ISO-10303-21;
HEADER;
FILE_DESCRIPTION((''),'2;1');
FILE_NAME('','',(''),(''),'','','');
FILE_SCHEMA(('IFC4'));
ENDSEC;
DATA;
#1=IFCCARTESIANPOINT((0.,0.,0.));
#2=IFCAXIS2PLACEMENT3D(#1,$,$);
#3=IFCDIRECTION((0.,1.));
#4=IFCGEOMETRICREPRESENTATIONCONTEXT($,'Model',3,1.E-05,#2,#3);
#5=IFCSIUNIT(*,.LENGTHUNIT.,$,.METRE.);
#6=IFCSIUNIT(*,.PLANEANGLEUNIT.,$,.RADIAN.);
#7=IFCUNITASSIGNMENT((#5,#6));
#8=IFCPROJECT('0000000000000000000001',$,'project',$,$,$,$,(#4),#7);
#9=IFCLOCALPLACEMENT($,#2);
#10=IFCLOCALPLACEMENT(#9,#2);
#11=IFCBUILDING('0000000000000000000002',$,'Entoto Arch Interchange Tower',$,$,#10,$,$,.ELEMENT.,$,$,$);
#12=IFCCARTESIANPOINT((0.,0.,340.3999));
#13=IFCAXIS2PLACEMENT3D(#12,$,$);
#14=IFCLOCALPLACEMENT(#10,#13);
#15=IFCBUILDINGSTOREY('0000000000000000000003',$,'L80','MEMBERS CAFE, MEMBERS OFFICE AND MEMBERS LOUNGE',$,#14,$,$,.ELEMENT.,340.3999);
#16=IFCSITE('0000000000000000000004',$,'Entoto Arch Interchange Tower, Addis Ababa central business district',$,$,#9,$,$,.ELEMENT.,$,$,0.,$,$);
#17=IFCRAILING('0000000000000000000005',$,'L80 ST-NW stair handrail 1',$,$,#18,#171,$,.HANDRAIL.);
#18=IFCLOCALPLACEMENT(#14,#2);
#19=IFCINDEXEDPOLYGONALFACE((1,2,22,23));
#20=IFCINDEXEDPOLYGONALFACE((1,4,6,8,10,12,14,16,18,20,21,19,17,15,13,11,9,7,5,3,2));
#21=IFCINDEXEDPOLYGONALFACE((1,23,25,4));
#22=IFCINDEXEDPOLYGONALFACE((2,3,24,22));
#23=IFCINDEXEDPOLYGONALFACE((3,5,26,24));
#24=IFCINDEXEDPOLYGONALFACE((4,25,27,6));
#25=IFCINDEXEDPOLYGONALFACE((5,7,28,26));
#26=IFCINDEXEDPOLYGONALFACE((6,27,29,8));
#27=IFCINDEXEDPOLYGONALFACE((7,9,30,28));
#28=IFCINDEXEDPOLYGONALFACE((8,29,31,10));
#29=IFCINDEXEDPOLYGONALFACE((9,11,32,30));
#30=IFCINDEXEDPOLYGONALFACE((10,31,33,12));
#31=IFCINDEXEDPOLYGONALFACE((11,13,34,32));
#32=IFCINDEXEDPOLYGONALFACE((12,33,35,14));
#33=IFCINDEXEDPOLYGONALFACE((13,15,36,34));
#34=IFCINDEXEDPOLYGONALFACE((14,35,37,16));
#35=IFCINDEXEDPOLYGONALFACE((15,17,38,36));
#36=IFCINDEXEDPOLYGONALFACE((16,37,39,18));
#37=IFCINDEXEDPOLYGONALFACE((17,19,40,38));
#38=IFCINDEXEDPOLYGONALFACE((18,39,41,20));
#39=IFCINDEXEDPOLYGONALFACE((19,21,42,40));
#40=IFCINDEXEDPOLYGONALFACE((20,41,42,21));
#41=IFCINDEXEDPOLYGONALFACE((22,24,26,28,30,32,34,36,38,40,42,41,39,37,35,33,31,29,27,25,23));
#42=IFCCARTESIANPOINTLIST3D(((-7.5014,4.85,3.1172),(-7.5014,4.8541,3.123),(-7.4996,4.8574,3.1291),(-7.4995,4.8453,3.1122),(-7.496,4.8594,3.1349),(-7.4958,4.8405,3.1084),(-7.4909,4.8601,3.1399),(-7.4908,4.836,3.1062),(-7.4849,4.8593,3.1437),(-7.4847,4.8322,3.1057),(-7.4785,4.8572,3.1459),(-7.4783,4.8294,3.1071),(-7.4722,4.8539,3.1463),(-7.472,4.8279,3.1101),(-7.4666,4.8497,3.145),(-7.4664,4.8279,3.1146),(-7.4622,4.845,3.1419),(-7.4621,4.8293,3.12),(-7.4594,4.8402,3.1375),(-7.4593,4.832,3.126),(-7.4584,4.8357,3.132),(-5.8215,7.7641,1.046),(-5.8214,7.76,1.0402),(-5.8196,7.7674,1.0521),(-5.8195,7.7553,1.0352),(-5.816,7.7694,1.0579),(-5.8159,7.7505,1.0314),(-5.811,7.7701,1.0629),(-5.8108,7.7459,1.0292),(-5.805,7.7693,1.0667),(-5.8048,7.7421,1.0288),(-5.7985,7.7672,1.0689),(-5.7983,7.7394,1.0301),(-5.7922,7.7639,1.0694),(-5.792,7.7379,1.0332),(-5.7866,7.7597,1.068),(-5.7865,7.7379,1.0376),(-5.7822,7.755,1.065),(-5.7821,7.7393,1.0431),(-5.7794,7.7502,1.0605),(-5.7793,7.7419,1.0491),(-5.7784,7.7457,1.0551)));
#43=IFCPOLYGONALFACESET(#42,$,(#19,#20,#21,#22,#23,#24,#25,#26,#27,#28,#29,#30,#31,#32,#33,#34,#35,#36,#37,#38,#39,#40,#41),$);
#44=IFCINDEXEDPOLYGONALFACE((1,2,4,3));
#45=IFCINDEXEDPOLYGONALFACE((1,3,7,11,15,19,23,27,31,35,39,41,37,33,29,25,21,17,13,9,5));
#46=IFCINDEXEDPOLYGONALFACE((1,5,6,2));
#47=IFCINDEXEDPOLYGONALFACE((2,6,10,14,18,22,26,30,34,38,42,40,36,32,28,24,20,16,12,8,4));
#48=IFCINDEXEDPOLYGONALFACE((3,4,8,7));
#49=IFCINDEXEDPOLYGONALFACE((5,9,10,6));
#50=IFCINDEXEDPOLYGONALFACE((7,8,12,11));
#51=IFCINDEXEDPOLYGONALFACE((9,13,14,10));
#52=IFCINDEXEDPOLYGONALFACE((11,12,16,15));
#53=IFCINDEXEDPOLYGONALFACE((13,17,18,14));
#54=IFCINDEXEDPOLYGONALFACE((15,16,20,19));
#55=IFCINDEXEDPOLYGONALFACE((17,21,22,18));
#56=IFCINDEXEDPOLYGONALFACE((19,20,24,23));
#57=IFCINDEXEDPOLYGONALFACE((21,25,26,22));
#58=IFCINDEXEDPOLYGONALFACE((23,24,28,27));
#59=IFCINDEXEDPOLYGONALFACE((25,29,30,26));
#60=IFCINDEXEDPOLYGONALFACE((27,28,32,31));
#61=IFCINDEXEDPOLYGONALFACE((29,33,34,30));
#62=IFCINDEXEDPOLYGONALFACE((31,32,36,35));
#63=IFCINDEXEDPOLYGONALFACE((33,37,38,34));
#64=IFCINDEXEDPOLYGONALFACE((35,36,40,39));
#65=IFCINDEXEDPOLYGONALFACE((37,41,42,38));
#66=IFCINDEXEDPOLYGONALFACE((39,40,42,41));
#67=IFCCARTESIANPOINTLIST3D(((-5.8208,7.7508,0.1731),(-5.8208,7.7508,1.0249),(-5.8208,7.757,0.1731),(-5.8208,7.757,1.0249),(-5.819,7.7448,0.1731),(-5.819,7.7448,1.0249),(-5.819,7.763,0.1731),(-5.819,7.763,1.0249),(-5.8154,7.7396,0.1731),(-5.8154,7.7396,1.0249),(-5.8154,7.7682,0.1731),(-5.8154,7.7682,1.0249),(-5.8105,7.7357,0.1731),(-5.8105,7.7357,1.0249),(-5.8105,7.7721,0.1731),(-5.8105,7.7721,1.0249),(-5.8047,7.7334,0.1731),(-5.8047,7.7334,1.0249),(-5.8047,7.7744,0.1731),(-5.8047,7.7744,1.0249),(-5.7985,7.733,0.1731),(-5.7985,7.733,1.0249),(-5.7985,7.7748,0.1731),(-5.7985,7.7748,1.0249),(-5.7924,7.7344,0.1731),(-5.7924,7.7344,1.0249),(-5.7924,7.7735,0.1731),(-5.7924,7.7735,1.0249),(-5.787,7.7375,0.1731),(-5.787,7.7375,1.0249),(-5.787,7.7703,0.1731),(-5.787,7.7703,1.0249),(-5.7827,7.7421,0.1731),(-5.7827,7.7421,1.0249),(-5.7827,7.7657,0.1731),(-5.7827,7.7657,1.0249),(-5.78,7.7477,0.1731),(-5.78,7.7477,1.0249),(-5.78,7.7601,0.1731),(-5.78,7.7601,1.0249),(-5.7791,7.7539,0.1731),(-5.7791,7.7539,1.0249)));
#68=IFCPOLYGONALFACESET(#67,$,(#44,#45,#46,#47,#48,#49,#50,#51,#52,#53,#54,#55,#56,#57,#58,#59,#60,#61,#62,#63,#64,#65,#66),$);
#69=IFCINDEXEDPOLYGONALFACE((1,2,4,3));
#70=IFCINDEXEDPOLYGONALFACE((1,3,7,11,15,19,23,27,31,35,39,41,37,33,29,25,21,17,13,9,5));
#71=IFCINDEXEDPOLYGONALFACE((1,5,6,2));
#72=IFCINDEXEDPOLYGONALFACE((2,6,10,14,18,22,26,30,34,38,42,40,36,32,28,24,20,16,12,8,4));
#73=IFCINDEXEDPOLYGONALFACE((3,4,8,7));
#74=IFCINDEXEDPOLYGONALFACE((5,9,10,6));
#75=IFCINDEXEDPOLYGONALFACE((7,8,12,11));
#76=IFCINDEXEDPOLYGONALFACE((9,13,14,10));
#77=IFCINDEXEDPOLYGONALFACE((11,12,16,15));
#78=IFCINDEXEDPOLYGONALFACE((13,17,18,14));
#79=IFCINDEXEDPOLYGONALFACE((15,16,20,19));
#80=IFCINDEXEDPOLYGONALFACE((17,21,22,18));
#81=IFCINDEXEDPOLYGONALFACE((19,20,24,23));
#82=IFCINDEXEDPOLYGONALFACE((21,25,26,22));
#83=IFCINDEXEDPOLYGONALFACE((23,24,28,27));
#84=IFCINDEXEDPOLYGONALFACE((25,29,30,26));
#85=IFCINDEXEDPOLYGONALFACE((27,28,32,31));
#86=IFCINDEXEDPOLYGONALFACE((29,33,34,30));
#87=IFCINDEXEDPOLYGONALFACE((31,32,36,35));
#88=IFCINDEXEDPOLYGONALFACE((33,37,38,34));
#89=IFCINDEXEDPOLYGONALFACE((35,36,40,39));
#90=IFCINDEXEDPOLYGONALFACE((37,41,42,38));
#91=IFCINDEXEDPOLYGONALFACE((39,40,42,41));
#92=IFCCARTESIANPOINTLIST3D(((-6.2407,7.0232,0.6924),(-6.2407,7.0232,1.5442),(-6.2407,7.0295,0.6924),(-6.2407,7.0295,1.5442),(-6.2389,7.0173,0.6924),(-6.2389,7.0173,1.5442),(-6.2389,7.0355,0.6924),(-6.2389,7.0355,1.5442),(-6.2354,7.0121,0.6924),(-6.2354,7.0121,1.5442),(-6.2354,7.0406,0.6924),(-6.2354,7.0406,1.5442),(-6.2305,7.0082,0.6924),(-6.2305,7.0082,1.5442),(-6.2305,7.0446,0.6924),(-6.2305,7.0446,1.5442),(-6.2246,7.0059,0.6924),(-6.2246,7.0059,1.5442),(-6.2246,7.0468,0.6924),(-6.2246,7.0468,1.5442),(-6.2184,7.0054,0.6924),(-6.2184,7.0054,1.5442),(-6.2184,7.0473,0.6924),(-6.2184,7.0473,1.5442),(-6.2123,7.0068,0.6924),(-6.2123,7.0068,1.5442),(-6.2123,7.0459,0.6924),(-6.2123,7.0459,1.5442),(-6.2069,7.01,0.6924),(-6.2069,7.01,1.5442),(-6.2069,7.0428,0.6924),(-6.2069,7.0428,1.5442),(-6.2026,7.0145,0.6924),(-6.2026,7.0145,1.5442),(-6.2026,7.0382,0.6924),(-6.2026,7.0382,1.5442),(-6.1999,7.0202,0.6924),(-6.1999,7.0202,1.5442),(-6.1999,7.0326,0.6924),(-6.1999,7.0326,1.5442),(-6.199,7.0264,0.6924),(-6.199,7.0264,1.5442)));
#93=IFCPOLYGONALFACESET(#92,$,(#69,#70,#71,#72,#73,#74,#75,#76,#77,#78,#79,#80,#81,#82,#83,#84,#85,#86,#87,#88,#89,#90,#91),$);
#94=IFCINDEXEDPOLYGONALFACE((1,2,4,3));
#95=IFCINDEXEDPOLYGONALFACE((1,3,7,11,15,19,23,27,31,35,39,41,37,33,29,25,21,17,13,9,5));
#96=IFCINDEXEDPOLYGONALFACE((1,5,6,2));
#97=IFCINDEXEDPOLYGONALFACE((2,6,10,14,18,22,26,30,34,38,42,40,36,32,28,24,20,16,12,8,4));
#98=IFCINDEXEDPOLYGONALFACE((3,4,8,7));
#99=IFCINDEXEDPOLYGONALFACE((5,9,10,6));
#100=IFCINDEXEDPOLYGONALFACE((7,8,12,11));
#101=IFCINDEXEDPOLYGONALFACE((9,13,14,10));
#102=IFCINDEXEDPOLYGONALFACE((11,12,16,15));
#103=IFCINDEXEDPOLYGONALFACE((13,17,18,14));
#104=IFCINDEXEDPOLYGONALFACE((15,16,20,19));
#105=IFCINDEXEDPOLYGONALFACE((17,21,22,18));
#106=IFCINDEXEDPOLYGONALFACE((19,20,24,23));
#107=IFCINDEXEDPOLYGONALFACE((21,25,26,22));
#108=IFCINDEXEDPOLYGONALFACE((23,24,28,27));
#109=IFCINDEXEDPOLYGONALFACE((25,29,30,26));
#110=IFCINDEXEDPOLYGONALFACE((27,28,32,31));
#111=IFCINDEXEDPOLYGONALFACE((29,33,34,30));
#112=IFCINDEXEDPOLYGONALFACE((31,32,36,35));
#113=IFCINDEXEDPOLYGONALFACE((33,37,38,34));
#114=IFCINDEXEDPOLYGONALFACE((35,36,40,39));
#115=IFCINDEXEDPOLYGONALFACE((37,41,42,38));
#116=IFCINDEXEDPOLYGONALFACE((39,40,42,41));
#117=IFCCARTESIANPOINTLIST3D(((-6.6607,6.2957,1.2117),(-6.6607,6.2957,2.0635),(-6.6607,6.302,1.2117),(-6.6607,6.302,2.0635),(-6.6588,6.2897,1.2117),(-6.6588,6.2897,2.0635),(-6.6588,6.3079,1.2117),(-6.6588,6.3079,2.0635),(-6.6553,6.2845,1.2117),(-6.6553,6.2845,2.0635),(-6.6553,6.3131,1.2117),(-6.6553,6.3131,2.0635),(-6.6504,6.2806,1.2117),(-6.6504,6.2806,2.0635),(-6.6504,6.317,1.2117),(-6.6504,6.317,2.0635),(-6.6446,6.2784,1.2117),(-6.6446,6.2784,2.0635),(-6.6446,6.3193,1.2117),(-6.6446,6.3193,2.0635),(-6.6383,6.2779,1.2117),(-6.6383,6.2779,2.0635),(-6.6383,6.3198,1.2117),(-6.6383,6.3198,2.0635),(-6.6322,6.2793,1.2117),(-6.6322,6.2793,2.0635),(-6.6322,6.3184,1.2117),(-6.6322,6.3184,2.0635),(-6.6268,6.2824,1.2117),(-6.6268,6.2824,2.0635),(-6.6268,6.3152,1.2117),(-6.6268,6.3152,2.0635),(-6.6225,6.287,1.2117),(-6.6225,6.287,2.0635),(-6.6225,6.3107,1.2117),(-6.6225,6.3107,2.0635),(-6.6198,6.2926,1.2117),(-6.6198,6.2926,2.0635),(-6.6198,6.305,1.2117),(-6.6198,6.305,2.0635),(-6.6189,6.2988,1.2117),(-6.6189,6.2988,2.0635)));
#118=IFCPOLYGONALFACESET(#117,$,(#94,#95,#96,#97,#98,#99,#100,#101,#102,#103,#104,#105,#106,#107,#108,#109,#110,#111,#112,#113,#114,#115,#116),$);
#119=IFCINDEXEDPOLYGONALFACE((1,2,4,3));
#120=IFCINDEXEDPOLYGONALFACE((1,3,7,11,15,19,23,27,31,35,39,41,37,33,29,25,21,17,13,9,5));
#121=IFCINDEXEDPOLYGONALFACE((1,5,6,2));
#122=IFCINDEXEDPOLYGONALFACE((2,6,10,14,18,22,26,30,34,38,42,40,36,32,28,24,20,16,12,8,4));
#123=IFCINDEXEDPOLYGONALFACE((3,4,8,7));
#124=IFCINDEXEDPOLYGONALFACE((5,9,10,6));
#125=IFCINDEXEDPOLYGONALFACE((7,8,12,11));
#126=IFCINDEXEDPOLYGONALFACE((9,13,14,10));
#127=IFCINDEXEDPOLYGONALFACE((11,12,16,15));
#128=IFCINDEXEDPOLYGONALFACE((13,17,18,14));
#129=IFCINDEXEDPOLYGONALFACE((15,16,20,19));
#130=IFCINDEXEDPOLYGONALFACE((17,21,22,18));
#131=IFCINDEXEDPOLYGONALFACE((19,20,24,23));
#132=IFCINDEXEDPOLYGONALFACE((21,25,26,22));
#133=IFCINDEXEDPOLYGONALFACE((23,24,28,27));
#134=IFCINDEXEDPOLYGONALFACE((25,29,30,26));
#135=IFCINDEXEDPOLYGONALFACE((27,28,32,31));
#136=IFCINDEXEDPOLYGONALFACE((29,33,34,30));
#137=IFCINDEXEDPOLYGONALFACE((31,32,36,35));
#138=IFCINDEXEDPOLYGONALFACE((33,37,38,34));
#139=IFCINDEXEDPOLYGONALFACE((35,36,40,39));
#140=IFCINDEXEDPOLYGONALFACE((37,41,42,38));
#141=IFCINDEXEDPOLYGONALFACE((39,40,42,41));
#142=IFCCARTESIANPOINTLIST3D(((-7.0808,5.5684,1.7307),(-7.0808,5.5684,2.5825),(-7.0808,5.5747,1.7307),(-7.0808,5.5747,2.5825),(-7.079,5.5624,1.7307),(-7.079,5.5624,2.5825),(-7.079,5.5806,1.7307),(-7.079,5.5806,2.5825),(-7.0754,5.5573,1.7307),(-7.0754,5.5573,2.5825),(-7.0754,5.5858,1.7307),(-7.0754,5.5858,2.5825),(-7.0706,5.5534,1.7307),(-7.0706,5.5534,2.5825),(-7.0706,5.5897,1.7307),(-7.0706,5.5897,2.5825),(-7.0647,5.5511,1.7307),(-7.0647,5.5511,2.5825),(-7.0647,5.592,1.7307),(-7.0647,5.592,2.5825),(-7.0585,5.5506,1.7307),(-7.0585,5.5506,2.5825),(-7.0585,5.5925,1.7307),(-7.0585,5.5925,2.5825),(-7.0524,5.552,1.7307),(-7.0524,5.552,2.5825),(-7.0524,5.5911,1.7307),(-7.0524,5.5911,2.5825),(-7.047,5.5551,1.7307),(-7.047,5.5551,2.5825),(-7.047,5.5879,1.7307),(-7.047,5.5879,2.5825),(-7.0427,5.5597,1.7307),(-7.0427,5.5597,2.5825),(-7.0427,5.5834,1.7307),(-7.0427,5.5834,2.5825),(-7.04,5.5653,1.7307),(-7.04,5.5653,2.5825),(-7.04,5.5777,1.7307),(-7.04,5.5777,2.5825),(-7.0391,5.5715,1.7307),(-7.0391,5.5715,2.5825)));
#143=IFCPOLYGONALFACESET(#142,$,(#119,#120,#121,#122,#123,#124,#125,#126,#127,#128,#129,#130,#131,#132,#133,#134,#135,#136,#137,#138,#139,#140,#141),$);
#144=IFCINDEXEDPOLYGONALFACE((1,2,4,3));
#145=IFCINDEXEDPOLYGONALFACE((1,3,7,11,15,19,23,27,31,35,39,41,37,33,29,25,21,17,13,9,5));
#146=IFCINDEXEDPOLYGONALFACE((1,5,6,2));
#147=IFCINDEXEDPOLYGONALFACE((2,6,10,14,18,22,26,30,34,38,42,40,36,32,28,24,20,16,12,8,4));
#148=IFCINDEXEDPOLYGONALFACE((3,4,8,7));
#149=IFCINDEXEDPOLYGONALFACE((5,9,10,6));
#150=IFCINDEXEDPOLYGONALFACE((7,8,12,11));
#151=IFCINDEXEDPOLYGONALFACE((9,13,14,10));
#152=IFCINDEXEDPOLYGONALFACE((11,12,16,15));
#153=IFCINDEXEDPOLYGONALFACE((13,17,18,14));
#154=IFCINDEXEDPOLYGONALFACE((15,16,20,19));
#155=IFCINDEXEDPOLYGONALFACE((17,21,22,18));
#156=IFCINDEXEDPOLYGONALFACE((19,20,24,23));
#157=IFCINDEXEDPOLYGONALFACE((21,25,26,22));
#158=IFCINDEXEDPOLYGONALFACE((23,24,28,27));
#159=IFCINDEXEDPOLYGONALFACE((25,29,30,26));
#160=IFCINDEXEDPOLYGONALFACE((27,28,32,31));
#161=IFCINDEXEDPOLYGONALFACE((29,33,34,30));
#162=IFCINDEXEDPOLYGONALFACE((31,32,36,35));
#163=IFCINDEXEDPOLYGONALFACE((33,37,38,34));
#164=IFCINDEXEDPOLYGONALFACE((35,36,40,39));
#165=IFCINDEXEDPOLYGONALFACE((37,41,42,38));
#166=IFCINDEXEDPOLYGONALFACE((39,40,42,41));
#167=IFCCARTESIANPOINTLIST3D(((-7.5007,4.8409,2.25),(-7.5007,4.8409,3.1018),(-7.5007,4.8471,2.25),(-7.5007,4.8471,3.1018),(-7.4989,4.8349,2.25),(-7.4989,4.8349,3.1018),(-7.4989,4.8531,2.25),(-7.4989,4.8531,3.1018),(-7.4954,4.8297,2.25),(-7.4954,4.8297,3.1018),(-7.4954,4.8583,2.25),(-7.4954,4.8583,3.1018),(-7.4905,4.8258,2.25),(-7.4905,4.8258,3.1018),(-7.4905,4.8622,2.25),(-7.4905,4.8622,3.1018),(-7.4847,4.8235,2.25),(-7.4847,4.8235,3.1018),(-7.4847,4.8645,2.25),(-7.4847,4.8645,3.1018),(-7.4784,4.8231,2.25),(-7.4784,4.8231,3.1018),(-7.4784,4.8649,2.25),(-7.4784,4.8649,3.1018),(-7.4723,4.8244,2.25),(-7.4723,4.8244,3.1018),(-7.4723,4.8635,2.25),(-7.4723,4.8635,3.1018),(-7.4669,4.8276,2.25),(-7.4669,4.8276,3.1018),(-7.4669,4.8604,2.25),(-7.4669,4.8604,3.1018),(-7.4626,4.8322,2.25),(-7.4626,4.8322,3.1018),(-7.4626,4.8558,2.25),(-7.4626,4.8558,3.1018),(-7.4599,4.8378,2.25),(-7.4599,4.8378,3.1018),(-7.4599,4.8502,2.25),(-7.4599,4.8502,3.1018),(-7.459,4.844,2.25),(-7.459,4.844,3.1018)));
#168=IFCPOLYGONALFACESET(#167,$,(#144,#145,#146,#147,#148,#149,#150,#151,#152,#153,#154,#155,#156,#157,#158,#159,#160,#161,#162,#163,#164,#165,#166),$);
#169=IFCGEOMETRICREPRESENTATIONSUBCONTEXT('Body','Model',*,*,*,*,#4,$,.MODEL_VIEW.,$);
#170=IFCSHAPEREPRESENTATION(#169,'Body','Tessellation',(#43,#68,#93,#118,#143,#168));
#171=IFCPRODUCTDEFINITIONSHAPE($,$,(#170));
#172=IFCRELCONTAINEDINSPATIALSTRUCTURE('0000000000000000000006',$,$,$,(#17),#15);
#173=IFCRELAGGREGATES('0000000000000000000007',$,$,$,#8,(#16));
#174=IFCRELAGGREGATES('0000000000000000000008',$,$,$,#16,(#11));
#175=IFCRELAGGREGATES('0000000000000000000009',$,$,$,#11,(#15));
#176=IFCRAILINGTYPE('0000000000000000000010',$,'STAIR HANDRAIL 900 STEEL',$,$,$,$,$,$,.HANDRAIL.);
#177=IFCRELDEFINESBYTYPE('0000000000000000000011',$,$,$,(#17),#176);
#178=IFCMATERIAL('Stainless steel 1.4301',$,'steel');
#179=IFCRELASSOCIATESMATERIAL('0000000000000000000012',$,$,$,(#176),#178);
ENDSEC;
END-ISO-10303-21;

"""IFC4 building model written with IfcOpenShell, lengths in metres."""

from ifc_helpers import new_model, si_unit, direction, frame, origin, origin_2d, place, context, subcontext, project, spatial, circle, extrude, material, type_object, element, save


model = new_model("IFC4")

# Units and contexts
model_context = context("Model", 3, precision=1e-05, world=origin(), true_north=direction((0.0, 1.0)))
body_context = subcontext(model_context, "Body", "Model", "MODEL_VIEW")
ifc_project = project(units=[si_unit("LENGTHUNIT", "METRE"), si_unit("PLANEANGLEUNIT", "RADIAN")], contexts=[model_context])

# Site, building, storey
site_placement = place(None, origin())
site = spatial("IfcSite", under=ifc_project, at=site_placement, Name="Entoto Arch Interchange Tower, Addis Ababa central business district", CompositionType="ELEMENT", RefElevation=0.0)
building_placement = place(site_placement, origin())
building = spatial("IfcBuilding", under=site, at=building_placement, Name="Entoto Arch Interchange Tower", CompositionType="ELEMENT")
storey_placement = place(building_placement, frame((0.0, 0.0, 340.3999)))
storey = spatial("IfcBuildingStorey", under=building, at=storey_placement, Name="L80", Description="MEMBERS CAFE, MEMBERS OFFICE AND MEMBERS LOUNGE", CompositionType="ELEMENT", Elevation=340.3999)

# Railing
ifc_material_1 = material(Name="Stainless steel 1.4301", Category="steel")
railing_type = type_object("IfcRailingType", Name="STAIR HANDRAIL 900 STEEL", PredefinedType="HANDRAIL", material=ifc_material_1)
railing_placement = place(storey_placement, frame((-5.8, 7.7539, 0.1731)))
element("IfcRailing", 1, at=railing_placement, inside=storey, type_object=railing_type, Name="L80 ST-NW stair handrail 1", PredefinedType="HANDRAIL", context=body_context, shape_type="SweptSolid", body=[
    extrude(circle(Radius=0.0239, at=origin_2d()), frame((0.0, 0.0, 0.876), z_axis=(-0.425288, -0.736668, 0.525785), x_axis=(0.866039, -0.499976, 0.0)), (0.0, 0.0, 1.0), 3.9502),
    extrude(circle(Radius=0.021, at=origin_2d()), origin(), (0.0, 0.0, 1.0), 0.8518),
    extrude(circle(Radius=0.021, at=origin_2d()), frame((-0.4199, -0.7275, 0.5193)), (0.0, 0.0, 1.0), 0.8518),
    extrude(circle(Radius=0.021, at=origin_2d()), frame((-0.8398, -1.4551, 1.0386)), (0.0, 0.0, 1.0), 0.8518),
    extrude(circle(Radius=0.021, at=origin_2d()), frame((-1.26, -2.1824, 1.5576)), (0.0, 0.0, 1.0), 0.8518),
    extrude(circle(Radius=0.021, at=origin_2d()), frame((-1.6799, -2.9099, 2.0769)), (0.0, 0.0, 1.0), 0.8518),
])

save(model, "model.ifc")
